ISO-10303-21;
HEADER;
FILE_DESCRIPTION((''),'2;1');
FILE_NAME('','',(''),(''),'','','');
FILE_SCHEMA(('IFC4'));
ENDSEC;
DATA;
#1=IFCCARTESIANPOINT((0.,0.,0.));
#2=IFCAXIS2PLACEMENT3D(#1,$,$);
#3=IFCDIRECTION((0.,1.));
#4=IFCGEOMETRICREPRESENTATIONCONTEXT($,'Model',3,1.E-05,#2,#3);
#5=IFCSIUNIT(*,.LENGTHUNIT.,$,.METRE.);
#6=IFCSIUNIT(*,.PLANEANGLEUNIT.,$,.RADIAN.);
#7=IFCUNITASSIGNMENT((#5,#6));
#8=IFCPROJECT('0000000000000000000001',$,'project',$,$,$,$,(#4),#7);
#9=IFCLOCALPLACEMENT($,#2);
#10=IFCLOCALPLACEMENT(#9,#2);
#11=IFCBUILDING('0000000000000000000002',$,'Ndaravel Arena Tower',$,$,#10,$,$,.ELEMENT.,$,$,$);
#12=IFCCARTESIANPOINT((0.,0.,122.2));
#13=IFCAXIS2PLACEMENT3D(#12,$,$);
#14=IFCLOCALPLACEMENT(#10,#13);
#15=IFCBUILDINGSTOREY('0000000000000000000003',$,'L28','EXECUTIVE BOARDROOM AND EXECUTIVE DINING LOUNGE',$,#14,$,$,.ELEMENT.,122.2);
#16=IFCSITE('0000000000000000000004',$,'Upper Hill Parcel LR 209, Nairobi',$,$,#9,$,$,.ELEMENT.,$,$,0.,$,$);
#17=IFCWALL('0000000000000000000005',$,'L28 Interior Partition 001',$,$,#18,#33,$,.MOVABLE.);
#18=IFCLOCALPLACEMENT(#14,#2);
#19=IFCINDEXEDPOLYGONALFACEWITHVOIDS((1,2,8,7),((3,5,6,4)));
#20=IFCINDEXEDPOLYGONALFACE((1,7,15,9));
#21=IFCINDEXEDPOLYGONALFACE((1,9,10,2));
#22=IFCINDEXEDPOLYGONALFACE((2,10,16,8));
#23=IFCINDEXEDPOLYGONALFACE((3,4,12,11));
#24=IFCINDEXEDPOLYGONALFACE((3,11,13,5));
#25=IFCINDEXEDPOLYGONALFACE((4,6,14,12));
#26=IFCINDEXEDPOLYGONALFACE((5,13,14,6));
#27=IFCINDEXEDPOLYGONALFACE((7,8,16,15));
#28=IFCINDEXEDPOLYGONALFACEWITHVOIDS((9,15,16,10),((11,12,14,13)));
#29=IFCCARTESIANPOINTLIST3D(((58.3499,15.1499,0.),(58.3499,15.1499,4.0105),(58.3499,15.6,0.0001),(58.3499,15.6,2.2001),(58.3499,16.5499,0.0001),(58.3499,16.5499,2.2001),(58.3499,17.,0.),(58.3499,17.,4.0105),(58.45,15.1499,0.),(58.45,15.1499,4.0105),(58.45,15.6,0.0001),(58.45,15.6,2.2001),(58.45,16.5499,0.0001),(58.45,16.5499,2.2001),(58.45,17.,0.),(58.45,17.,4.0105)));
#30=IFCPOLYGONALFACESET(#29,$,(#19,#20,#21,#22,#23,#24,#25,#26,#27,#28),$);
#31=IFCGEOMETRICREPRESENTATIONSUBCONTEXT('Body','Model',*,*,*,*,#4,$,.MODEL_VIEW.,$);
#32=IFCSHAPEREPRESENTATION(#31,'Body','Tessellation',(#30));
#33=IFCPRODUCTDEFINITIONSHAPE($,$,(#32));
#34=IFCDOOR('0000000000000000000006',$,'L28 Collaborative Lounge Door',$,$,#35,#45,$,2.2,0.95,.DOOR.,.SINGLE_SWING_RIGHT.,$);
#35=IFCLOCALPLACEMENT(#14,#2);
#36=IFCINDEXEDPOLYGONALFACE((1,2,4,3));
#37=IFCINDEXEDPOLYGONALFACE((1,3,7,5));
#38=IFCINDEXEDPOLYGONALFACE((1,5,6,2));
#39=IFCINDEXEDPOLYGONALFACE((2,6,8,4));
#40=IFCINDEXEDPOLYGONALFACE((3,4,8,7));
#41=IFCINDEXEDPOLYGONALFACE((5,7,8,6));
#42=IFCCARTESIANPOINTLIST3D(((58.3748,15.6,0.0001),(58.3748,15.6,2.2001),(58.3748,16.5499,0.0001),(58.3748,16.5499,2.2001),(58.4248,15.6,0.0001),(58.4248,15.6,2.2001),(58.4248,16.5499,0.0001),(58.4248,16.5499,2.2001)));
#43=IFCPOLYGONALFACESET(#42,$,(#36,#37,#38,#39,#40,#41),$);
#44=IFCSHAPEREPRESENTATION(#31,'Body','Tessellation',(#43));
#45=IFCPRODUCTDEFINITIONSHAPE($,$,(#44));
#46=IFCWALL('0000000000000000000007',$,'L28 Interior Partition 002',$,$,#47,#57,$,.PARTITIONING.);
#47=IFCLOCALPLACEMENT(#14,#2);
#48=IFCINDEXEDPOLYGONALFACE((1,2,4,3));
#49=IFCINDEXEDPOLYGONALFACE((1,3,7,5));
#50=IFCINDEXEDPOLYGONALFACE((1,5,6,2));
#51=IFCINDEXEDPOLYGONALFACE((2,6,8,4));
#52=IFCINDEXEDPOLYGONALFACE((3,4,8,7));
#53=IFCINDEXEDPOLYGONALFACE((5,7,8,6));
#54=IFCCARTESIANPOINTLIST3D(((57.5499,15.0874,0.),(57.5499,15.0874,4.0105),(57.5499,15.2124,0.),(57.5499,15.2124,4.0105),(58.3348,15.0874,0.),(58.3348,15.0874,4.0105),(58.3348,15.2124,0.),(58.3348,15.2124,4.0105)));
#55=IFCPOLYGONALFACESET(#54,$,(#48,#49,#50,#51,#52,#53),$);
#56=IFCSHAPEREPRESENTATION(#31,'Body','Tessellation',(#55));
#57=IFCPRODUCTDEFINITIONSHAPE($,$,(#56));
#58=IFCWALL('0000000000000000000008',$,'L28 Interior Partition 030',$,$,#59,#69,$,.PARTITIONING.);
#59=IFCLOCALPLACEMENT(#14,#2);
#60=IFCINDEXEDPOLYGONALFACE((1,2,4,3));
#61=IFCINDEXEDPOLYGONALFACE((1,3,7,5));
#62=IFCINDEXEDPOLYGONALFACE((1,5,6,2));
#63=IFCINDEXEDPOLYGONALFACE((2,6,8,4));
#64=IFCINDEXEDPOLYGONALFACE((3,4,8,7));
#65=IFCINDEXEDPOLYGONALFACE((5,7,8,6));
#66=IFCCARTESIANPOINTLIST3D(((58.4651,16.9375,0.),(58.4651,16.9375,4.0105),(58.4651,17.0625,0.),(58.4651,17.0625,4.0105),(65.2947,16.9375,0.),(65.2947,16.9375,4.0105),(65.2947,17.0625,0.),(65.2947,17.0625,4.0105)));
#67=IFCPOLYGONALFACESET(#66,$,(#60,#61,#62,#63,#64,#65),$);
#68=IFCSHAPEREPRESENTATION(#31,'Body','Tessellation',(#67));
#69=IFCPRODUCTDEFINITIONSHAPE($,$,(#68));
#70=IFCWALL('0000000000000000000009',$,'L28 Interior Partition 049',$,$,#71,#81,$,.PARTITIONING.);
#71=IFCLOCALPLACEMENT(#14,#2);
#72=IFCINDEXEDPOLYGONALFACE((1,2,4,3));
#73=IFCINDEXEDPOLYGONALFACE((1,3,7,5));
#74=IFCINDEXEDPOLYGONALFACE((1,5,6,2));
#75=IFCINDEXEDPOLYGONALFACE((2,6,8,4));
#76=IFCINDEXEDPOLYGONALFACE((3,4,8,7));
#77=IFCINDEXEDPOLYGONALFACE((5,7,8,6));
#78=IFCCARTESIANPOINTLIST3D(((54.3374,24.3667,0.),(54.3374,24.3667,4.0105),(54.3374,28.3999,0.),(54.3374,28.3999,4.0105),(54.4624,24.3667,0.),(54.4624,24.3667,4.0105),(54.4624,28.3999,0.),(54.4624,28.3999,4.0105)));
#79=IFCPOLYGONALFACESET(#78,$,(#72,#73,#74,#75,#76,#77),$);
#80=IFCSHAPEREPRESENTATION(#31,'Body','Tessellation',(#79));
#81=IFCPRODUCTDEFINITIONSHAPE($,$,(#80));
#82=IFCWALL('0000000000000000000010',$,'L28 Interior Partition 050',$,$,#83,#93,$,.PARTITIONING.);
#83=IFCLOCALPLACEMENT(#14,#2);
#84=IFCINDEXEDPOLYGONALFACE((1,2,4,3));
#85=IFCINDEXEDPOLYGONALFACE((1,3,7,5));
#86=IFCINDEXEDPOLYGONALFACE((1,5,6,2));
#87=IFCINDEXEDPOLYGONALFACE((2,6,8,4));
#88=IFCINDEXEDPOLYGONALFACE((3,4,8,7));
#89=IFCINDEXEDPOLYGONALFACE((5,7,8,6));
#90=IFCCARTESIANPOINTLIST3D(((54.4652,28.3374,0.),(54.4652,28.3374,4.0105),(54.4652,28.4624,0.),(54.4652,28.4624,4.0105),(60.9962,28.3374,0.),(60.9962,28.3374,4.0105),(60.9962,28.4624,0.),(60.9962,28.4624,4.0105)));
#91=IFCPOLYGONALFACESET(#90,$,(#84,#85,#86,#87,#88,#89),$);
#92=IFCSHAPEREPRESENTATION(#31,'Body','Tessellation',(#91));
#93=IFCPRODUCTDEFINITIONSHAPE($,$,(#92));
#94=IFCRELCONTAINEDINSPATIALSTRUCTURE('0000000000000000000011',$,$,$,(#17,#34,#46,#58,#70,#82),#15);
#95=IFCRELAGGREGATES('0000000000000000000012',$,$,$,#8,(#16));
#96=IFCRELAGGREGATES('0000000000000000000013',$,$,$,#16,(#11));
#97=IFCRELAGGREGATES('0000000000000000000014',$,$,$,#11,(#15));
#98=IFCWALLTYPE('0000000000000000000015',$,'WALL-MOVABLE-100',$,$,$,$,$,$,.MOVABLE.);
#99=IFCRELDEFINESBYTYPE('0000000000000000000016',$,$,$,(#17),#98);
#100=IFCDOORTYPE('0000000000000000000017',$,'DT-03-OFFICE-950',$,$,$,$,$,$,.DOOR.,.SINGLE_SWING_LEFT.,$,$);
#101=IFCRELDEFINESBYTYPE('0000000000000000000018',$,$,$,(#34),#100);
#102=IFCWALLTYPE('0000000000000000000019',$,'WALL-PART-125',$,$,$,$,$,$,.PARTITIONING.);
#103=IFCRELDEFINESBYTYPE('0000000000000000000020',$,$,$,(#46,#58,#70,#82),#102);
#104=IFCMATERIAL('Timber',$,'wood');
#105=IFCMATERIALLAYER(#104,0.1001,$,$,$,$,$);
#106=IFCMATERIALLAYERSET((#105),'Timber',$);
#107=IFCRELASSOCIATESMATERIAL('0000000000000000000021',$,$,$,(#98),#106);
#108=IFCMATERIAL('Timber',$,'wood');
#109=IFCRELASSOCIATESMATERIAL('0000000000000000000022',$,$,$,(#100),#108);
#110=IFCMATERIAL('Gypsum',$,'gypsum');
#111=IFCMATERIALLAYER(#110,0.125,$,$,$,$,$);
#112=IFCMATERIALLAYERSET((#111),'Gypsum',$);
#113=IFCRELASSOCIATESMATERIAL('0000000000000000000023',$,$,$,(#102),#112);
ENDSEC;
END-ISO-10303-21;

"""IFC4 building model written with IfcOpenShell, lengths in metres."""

from ifc_helpers import new_model, si_unit, direction, frame, frame_2d, origin, place, context, subcontext, project, spatial, rectangle, extrude, material, layer, layer_set, type_object, element, fill, save


model = new_model("IFC4")

# Units and contexts
model_context = context("Model", 3, precision=1e-05, world=origin(), true_north=direction((0.0, 1.0)))
body_context = subcontext(model_context, "Body", "Model", "MODEL_VIEW")
ifc_project = project(units=[si_unit("LENGTHUNIT", "METRE"), si_unit("PLANEANGLEUNIT", "RADIAN")], contexts=[model_context])

# Site, building, storey
site_placement = place(None, origin())
site = spatial("IfcSite", under=ifc_project, at=site_placement, Name="Upper Hill Parcel LR 209, Nairobi", CompositionType="ELEMENT", RefElevation=0.0)
building_placement = place(site_placement, origin())
building = spatial("IfcBuilding", under=site, at=building_placement, Name="Ndaravel Arena Tower", CompositionType="ELEMENT")
storey_placement = place(building_placement, frame((0.0, 0.0, 122.2)))
storey = spatial("IfcBuildingStorey", under=building, at=storey_placement, Name="L28", Description="EXECUTIVE BOARDROOM AND EXECUTIVE DINING LOUNGE", CompositionType="ELEMENT", Elevation=122.2)

# Wall, opening, door
ifc_material_1 = material(Name="Timber", Category="wood")
ifc_layer_1 = layer(ifc_material_1, 0.1001)
ifc_layer_set_1 = layer_set([ifc_layer_1], Name="Timber")
wall_type_1 = type_object("IfcWallType", Name="WALL-MOVABLE-100", PredefinedType="MOVABLE", material=ifc_layer_set_1)
wall_1_placement = place(storey_placement, frame((58.3999, 17.0, 0.0), z_axis=(0.0, 0.0, 1.0), x_axis=(0.0, -1.0, 0.0)))
wall_1 = element("IfcWall", 1, at=wall_1_placement, inside=storey, type_object=wall_type_1, Name="L28 Interior Partition 001", PredefinedType="MOVABLE", context=body_context, shape_type="SweptSolid", body=[
    extrude(rectangle(XDim=1.8501, YDim=0.1001, at=frame_2d((0.925, 0.0))), origin(), (0.0, 0.0, 1.0), 4.0105),
])
opening_placement = place(wall_1_placement, frame((0.45, 0.0, 0.0)))
opening = element("IfcOpeningElement", 2, at=opening_placement, cuts=wall_1, PredefinedType="OPENING", context=body_context, shape_type="SweptSolid", body=[
    extrude(rectangle(XDim=0.95, YDim=2.2, at=frame_2d((0.4751, 1.1001))), frame((0.0, 0.05, 0.0), z_axis=(0.0, -1.0, 0.0), x_axis=(1.0, 0.0, 0.0)), (0.0, 0.0, 1.0), 0.1001),
])
ifc_material_2 = material(Name="Timber", Category="wood")
door_type = type_object("IfcDoorType", Name="DT-03-OFFICE-950", OperationType="SINGLE_SWING_LEFT", PredefinedType="DOOR", material=ifc_material_2)
door_placement = place(opening_placement, origin())
door = element("IfcDoor", 3, at=door_placement, inside=storey, type_object=door_type, Name="L28 Collaborative Lounge Door", OperationType="SINGLE_SWING_RIGHT", OverallHeight=2.2, OverallWidth=0.95, PredefinedType="DOOR", context=body_context, shape_type="SweptSolid", body=[
    extrude(rectangle(XDim=0.95, YDim=2.2, at=frame_2d((0.4751, 1.1001))), frame((0.0, 0.0249, 0.0), z_axis=(0.0, -1.0, 0.0), x_axis=(1.0, 0.0, 0.0)), (0.0, 0.0, 1.0), 0.05),
])
fill(opening, door)

# Walls
ifc_material_3 = material(Name="Gypsum", Category="gypsum")
ifc_layer_2 = layer(ifc_material_3, 0.125)
ifc_layer_set_2 = layer_set([ifc_layer_2], Name="Gypsum")
wall_type_2 = type_object("IfcWallType", Name="WALL-PART-125", PredefinedType="PARTITIONING", material=ifc_layer_set_2)
wall_2_placement = place(storey_placement, frame((58.335, 15.1499, 0.0), z_axis=(0.0, 0.0, 1.0), x_axis=(-1.0, 0.0, 0.0)))
element("IfcWall", 4, at=wall_2_placement, inside=storey, type_object=wall_type_2, Name="L28 Interior Partition 002", PredefinedType="PARTITIONING", context=body_context, shape_type="SweptSolid", body=[
    extrude(rectangle(XDim=0.7849, YDim=0.125, at=frame_2d((0.3926, 0.0))), origin(), (0.0, 0.0, 1.0), 4.0105),
])
wall_3_placement = place(storey_placement, frame((58.4651, 17.0, 0.0), z_axis=(0.0, 0.0, 1.0), x_axis=(1.0, 0.0, 0.0)))
element("IfcWall", 5, at=wall_3_placement, inside=storey, type_object=wall_type_2, Name="L28 Interior Partition 030", PredefinedType="PARTITIONING", context=body_context, shape_type="SweptSolid", body=[
    extrude(rectangle(XDim=6.8296, YDim=0.125, at=frame_2d((3.4148, 0.0))), origin(), (0.0, 0.0, 1.0), 4.0105),
])
wall_4_placement = place(storey_placement, frame((54.3999, 24.3667, 0.0), z_axis=(0.0, 0.0, 1.0), x_axis=(0.0, 1.0, 0.0)))
element("IfcWall", 6, at=wall_4_placement, inside=storey, type_object=wall_type_2, Name="L28 Interior Partition 049", PredefinedType="PARTITIONING", context=body_context, shape_type="SweptSolid", body=[
    extrude(rectangle(XDim=4.0332, YDim=0.125, at=frame_2d((2.0166, 0.0))), origin(), (0.0, 0.0, 1.0), 4.0105),
])
wall_5_placement = place(storey_placement, frame((54.4651, 28.3999, 0.0), z_axis=(0.0, 0.0, 1.0), x_axis=(1.0, 0.0, 0.0)))
element("IfcWall", 7, at=wall_5_placement, inside=storey, type_object=wall_type_2, Name="L28 Interior Partition 050", PredefinedType="PARTITIONING", context=body_context, shape_type="SweptSolid", body=[
    extrude(rectangle(XDim=6.531, YDim=0.125, at=frame_2d((3.2656, 0.0))), origin(), (0.0, 0.0, 1.0), 4.0105),
])

save(model, "model.ifc")
